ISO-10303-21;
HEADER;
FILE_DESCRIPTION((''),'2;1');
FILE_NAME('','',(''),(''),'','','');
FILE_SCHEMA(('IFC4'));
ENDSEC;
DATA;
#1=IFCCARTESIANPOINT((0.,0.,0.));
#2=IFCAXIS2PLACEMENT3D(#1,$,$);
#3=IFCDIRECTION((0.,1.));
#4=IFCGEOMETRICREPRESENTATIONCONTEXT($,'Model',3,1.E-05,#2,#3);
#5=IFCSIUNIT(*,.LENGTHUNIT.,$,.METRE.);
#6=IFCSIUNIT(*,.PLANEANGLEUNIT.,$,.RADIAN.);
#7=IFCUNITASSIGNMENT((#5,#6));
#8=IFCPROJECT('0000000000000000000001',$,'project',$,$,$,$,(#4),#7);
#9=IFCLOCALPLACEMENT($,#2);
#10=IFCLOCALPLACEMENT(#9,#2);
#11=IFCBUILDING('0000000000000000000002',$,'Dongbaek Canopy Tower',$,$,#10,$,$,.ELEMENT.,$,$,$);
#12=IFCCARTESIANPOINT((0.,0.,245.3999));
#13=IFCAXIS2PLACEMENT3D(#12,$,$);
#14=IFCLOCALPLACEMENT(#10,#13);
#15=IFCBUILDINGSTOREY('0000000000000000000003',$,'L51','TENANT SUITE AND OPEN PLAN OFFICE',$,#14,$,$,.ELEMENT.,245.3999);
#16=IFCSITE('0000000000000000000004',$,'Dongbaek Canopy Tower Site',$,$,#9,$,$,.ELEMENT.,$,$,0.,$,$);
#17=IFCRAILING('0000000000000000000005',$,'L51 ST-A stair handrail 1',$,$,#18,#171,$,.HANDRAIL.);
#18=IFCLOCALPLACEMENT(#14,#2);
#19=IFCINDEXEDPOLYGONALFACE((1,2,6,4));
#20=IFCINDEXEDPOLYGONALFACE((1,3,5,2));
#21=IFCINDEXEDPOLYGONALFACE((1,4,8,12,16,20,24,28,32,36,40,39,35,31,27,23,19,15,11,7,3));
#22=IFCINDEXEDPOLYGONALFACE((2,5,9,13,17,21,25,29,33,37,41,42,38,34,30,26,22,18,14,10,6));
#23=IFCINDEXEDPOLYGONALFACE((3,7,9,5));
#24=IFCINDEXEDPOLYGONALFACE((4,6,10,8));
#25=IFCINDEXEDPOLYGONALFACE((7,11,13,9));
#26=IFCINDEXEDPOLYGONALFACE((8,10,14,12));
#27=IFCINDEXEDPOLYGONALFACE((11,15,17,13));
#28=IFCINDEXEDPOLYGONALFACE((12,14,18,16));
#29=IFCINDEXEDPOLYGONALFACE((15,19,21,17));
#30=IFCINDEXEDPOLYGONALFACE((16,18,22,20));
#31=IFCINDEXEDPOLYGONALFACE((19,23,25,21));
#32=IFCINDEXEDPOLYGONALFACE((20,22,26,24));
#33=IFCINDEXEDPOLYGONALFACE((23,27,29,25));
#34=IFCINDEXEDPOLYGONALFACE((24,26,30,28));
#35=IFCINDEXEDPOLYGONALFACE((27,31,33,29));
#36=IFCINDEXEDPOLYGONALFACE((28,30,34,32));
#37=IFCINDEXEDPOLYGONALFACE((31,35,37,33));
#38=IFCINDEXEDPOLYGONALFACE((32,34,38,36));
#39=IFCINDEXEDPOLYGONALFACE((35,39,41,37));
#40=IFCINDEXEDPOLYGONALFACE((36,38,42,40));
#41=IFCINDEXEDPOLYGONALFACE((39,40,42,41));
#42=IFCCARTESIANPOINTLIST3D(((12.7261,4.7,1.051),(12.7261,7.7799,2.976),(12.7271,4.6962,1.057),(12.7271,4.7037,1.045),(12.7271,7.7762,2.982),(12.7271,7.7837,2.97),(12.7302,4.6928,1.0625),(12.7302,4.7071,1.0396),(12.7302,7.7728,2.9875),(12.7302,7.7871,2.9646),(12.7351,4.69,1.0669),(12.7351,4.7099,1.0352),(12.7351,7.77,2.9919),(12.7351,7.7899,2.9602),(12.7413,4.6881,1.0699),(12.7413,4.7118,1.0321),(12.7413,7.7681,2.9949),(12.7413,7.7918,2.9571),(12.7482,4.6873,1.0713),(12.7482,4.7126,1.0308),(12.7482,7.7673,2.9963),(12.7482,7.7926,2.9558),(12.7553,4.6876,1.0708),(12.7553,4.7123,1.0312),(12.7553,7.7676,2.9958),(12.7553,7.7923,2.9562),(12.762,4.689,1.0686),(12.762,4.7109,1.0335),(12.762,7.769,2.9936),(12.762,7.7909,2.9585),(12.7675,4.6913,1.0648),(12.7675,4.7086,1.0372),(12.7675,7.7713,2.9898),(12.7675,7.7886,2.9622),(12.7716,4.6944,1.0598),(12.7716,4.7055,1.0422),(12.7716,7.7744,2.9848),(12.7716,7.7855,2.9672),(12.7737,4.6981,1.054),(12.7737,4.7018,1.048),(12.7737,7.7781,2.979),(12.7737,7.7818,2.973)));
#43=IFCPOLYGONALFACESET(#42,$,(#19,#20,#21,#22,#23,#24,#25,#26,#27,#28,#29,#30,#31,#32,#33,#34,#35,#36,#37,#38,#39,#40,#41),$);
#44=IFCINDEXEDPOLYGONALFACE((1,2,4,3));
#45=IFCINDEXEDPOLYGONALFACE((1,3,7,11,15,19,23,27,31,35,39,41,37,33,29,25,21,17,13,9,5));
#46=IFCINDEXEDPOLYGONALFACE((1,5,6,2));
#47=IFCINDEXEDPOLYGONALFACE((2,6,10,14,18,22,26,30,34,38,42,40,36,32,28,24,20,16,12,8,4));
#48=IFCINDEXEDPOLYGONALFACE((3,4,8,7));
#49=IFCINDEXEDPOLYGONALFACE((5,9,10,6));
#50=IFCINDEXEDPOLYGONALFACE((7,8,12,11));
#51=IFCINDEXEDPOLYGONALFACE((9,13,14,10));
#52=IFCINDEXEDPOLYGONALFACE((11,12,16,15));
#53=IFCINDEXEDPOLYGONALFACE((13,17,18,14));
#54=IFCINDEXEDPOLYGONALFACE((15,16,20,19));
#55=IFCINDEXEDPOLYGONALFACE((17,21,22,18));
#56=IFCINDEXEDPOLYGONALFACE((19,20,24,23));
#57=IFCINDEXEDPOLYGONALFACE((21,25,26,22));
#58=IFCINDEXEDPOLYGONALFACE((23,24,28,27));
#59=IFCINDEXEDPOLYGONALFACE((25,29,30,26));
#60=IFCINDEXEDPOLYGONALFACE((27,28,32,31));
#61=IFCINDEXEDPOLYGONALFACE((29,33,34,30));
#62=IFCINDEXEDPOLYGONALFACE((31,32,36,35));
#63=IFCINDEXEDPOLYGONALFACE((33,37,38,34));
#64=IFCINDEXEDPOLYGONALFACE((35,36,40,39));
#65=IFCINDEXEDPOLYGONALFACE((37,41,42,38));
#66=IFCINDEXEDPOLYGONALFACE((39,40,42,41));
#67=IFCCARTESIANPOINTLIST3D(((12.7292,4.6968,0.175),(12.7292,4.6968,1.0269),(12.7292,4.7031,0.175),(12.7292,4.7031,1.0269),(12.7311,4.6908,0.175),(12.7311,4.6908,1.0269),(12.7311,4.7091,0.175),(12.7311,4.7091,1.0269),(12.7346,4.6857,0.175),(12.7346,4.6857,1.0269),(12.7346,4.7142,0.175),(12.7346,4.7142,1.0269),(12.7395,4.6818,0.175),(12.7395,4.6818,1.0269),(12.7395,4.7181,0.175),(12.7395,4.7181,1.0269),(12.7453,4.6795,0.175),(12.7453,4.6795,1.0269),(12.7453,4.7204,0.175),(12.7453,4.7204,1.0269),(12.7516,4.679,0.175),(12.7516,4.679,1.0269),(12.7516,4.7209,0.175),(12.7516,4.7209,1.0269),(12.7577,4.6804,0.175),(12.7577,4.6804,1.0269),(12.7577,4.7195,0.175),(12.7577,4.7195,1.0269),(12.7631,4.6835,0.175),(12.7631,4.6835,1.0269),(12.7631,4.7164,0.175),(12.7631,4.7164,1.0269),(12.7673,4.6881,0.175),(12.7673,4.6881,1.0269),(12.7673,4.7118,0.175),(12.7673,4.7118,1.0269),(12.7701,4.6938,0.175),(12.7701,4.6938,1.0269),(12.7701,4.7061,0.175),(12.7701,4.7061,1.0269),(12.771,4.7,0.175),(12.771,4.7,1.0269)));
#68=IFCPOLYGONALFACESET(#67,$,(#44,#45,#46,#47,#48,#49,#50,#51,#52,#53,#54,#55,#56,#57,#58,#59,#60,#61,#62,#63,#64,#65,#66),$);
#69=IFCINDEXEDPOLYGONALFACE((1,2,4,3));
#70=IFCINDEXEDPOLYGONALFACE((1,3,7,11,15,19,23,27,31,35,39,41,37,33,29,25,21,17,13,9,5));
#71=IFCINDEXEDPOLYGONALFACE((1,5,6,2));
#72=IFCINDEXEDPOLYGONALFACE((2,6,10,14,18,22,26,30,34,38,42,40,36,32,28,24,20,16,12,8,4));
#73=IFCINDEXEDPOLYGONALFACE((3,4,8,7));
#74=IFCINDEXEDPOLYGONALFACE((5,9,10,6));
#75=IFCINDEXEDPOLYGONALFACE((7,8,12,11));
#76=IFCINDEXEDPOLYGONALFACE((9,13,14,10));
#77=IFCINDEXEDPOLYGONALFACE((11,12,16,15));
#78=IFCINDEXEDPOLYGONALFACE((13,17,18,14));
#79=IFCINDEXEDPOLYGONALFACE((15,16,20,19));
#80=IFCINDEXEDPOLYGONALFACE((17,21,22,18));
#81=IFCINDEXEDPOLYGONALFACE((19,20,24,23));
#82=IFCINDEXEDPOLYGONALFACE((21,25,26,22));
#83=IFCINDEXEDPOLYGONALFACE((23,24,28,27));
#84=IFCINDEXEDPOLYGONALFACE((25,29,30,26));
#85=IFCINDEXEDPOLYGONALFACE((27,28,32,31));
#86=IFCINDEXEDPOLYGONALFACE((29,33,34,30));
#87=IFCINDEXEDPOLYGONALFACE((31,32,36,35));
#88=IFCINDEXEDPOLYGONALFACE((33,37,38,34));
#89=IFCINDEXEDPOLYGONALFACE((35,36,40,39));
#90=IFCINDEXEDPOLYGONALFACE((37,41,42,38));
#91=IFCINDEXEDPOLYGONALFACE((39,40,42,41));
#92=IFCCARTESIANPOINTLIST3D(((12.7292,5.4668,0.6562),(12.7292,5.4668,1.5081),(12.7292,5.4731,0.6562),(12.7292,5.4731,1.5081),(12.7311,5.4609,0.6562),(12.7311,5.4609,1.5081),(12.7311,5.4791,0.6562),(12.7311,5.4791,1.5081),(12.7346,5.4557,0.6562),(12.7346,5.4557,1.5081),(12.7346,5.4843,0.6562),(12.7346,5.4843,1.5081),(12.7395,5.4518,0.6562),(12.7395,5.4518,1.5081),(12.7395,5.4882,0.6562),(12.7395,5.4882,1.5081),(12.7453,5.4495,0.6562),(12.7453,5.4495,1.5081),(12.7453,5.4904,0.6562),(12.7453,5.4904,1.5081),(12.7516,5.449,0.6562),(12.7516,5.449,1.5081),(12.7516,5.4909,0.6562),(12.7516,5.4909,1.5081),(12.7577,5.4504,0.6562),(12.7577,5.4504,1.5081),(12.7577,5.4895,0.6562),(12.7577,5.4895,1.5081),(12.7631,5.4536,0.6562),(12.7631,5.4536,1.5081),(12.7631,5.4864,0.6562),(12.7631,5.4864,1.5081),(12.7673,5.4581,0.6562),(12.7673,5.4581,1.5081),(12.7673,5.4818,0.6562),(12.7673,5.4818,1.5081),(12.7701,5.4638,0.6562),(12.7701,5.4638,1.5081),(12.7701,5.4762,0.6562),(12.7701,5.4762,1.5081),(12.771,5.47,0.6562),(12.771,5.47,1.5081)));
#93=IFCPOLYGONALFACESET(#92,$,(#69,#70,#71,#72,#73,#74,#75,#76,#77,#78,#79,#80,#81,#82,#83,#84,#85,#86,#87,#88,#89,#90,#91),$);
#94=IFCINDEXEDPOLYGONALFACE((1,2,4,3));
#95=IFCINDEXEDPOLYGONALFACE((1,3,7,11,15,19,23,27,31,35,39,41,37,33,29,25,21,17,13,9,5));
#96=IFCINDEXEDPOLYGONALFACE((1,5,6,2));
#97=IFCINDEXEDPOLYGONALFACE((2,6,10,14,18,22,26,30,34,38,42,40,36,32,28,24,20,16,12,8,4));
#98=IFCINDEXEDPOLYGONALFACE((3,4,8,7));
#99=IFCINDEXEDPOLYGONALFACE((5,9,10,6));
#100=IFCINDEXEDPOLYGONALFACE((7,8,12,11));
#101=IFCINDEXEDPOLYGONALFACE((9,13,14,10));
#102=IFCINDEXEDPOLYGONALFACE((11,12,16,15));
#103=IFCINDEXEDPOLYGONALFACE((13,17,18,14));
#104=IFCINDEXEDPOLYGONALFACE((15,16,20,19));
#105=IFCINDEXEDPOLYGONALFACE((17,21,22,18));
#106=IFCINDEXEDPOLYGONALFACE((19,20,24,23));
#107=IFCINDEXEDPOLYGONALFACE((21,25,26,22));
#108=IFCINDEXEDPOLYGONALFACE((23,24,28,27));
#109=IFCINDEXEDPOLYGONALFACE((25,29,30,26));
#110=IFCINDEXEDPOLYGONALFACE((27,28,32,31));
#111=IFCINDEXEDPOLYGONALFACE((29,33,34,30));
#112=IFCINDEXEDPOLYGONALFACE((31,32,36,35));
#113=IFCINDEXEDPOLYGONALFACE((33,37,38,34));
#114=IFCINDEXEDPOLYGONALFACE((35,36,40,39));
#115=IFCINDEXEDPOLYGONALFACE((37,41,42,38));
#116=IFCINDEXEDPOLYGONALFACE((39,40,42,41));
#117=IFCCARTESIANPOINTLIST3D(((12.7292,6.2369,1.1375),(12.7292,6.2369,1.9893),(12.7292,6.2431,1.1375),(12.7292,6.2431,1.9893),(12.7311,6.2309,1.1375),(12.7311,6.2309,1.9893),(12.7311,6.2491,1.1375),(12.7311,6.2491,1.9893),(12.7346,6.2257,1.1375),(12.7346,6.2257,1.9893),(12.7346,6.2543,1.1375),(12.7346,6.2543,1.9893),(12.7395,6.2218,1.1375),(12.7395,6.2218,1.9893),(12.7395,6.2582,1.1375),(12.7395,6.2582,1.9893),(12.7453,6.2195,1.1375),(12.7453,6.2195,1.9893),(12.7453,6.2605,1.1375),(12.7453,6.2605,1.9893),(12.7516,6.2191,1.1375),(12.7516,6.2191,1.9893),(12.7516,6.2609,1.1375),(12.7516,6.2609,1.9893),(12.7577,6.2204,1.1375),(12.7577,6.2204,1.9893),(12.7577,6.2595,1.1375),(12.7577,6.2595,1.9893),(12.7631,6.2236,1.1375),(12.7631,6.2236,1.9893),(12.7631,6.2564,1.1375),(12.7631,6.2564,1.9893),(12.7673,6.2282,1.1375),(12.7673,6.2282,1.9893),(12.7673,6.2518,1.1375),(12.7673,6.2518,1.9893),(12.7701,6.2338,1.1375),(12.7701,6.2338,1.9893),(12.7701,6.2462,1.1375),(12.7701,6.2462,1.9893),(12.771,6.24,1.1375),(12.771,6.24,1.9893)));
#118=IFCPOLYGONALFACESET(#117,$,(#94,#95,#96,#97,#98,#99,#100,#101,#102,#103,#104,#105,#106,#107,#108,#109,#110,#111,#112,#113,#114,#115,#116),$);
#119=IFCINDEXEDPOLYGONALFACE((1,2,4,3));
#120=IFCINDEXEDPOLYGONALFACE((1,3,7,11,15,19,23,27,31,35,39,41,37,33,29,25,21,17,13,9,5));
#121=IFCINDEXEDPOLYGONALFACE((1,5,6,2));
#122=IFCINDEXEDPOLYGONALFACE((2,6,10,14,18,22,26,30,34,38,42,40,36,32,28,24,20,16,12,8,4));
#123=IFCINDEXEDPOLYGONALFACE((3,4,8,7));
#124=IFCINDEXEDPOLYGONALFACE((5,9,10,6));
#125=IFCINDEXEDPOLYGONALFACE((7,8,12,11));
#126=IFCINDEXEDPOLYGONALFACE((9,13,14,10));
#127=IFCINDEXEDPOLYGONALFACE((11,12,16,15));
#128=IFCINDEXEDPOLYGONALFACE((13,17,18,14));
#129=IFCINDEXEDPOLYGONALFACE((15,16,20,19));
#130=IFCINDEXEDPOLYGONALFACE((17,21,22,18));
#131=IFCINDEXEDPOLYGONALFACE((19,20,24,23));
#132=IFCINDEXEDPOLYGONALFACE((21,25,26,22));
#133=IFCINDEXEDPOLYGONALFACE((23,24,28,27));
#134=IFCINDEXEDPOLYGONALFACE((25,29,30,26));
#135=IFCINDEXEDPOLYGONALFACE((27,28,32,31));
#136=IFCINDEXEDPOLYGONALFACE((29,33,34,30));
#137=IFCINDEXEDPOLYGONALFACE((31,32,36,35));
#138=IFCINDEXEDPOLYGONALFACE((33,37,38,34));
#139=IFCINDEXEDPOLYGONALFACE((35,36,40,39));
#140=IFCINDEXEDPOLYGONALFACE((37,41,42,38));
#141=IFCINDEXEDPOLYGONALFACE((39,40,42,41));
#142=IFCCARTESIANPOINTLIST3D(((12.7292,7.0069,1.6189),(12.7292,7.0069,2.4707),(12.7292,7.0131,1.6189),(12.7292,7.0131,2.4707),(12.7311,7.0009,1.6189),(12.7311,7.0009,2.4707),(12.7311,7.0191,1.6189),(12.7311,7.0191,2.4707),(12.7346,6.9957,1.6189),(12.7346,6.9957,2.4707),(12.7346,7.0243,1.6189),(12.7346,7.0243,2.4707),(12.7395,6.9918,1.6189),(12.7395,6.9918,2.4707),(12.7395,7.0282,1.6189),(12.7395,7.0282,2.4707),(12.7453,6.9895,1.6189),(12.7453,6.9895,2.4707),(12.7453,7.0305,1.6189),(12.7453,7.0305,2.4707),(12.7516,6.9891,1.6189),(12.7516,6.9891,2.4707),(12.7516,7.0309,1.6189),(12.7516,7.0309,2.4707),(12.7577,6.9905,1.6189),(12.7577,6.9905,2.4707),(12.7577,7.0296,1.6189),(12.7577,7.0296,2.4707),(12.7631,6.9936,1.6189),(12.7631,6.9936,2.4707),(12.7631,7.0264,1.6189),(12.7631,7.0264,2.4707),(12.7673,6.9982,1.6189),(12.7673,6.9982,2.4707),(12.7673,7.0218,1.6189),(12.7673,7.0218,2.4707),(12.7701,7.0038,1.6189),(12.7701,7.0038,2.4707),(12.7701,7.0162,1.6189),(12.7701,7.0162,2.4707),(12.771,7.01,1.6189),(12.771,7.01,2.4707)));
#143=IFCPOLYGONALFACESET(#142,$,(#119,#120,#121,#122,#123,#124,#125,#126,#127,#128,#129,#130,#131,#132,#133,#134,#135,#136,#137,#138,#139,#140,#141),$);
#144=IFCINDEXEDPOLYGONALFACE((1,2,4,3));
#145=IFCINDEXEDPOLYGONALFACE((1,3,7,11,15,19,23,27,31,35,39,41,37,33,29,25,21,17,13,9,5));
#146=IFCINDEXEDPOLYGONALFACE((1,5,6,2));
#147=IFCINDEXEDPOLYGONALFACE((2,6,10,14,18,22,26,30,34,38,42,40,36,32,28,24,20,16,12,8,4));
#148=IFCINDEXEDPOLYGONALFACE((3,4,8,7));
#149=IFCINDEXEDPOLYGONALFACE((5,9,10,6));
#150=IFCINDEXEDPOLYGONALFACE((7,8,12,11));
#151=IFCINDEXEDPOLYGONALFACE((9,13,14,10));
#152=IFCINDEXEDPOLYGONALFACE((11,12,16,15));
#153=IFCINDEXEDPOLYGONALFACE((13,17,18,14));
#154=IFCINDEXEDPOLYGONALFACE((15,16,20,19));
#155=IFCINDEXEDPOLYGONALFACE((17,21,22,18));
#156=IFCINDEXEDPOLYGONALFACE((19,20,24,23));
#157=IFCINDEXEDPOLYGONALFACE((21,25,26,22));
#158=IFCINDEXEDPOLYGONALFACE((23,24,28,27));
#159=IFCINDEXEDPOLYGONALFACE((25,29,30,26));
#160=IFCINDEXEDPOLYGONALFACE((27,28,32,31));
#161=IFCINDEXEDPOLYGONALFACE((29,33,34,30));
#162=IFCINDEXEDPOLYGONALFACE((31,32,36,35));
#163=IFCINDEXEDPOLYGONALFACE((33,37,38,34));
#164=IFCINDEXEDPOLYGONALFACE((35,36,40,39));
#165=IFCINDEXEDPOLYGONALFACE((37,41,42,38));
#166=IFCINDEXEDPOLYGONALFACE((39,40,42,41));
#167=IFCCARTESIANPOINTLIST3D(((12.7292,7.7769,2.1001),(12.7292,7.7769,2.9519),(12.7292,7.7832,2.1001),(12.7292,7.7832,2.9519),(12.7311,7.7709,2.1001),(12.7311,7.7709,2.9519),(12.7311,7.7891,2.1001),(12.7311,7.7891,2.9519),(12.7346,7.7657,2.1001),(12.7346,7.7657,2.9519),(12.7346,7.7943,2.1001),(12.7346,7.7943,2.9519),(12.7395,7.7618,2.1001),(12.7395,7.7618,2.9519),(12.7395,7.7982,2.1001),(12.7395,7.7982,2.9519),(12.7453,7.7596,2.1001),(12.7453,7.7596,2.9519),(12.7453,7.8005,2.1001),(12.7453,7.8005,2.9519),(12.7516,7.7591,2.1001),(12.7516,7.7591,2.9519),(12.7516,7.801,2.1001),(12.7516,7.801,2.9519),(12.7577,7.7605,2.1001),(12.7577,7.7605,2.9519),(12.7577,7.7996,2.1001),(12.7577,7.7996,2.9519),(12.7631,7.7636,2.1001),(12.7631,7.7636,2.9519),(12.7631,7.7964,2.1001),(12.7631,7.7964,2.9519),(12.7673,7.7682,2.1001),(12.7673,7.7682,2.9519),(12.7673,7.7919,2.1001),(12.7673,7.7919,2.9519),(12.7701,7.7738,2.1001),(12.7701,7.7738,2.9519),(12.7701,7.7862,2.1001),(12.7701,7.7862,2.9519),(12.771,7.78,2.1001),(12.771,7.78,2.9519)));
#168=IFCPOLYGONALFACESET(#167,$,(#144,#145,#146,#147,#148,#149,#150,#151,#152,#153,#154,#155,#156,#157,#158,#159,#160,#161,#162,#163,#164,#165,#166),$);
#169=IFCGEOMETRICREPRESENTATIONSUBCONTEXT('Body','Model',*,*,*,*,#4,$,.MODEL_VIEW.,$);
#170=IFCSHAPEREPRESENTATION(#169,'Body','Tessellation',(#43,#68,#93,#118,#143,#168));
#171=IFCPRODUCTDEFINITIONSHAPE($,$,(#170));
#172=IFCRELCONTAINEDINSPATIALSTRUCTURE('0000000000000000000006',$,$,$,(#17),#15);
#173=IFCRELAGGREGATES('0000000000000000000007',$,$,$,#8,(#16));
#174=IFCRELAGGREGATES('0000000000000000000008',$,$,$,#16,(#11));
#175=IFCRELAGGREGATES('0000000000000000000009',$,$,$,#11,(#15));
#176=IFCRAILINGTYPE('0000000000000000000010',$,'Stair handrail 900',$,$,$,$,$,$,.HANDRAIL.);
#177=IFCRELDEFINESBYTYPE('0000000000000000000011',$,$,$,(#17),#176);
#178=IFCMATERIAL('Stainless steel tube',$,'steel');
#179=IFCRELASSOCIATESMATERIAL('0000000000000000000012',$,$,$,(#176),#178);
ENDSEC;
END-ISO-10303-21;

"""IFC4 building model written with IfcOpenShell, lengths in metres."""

from ifc_helpers import new_model, si_unit, direction, frame, origin, origin_2d, place, context, subcontext, project, spatial, circle, extrude, material, type_object, element, save


model = new_model("IFC4")

# Units and contexts
model_context = context("Model", 3, precision=1e-05, world=origin(), true_north=direction((0.0, 1.0)))
body_context = subcontext(model_context, "Body", "Model", "MODEL_VIEW")
ifc_project = project(units=[si_unit("LENGTHUNIT", "METRE"), si_unit("PLANEANGLEUNIT", "RADIAN")], contexts=[model_context])

# Site, building, storey
site_placement = place(None, origin())
site = spatial("IfcSite", under=ifc_project, at=site_placement, Name="Dongbaek Canopy Tower Site", CompositionType="ELEMENT", RefElevation=0.0)
building_placement = place(site_placement, origin())
building = spatial("IfcBuilding", under=site, at=building_placement, Name="Dongbaek Canopy Tower", CompositionType="ELEMENT")
storey_placement = place(building_placement, frame((0.0, 0.0, 245.3999)))
storey = spatial("IfcBuildingStorey", under=building, at=storey_placement, Name="L51", Description="TENANT SUITE AND OPEN PLAN OFFICE", CompositionType="ELEMENT", Elevation=245.3999)

# Railing
ifc_material_1 = material(Name="Stainless steel tube", Category="steel")
railing_type_1 = type_object("IfcRailingType", Name="Stair handrail 900", PredefinedType="HANDRAIL", material=ifc_material_1)
railing_1_placement = place(storey_placement, frame((12.75, 4.7, 0.175)))
element("IfcRailing", 1, at=railing_1_placement, inside=storey, type_object=railing_type_1, Name="L51 ST-A stair handrail 1", PredefinedType="HANDRAIL", context=body_context, shape_type="SweptSolid", body=[
    extrude(circle(Radius=0.0239, at=origin_2d()), frame((0.0, 0.0, 0.876), z_axis=(0.0, 0.847998, 0.529999), x_axis=(-1.0, 0.0, 0.0)), (0.0, 0.0, 1.0), 3.6321),
    extrude(circle(Radius=0.021, at=origin_2d()), origin(), (0.0, 0.0, 1.0), 0.8518),
    extrude(circle(Radius=0.021, at=origin_2d()), frame((0.0, 0.77, 0.4812)), (0.0, 0.0, 1.0), 0.8518),
    extrude(circle(Radius=0.021, at=origin_2d()), frame((0.0, 1.54, 0.9624)), (0.0, 0.0, 1.0), 0.8518),
    extrude(circle(Radius=0.021, at=origin_2d()), frame((0.0, 2.3101, 1.4438)), (0.0, 0.0, 1.0), 0.8518),
    extrude(circle(Radius=0.021, at=origin_2d()), frame((0.0, 3.0801, 1.925)), (0.0, 0.0, 1.0), 0.8518),
])

save(model, "model.ifc")
